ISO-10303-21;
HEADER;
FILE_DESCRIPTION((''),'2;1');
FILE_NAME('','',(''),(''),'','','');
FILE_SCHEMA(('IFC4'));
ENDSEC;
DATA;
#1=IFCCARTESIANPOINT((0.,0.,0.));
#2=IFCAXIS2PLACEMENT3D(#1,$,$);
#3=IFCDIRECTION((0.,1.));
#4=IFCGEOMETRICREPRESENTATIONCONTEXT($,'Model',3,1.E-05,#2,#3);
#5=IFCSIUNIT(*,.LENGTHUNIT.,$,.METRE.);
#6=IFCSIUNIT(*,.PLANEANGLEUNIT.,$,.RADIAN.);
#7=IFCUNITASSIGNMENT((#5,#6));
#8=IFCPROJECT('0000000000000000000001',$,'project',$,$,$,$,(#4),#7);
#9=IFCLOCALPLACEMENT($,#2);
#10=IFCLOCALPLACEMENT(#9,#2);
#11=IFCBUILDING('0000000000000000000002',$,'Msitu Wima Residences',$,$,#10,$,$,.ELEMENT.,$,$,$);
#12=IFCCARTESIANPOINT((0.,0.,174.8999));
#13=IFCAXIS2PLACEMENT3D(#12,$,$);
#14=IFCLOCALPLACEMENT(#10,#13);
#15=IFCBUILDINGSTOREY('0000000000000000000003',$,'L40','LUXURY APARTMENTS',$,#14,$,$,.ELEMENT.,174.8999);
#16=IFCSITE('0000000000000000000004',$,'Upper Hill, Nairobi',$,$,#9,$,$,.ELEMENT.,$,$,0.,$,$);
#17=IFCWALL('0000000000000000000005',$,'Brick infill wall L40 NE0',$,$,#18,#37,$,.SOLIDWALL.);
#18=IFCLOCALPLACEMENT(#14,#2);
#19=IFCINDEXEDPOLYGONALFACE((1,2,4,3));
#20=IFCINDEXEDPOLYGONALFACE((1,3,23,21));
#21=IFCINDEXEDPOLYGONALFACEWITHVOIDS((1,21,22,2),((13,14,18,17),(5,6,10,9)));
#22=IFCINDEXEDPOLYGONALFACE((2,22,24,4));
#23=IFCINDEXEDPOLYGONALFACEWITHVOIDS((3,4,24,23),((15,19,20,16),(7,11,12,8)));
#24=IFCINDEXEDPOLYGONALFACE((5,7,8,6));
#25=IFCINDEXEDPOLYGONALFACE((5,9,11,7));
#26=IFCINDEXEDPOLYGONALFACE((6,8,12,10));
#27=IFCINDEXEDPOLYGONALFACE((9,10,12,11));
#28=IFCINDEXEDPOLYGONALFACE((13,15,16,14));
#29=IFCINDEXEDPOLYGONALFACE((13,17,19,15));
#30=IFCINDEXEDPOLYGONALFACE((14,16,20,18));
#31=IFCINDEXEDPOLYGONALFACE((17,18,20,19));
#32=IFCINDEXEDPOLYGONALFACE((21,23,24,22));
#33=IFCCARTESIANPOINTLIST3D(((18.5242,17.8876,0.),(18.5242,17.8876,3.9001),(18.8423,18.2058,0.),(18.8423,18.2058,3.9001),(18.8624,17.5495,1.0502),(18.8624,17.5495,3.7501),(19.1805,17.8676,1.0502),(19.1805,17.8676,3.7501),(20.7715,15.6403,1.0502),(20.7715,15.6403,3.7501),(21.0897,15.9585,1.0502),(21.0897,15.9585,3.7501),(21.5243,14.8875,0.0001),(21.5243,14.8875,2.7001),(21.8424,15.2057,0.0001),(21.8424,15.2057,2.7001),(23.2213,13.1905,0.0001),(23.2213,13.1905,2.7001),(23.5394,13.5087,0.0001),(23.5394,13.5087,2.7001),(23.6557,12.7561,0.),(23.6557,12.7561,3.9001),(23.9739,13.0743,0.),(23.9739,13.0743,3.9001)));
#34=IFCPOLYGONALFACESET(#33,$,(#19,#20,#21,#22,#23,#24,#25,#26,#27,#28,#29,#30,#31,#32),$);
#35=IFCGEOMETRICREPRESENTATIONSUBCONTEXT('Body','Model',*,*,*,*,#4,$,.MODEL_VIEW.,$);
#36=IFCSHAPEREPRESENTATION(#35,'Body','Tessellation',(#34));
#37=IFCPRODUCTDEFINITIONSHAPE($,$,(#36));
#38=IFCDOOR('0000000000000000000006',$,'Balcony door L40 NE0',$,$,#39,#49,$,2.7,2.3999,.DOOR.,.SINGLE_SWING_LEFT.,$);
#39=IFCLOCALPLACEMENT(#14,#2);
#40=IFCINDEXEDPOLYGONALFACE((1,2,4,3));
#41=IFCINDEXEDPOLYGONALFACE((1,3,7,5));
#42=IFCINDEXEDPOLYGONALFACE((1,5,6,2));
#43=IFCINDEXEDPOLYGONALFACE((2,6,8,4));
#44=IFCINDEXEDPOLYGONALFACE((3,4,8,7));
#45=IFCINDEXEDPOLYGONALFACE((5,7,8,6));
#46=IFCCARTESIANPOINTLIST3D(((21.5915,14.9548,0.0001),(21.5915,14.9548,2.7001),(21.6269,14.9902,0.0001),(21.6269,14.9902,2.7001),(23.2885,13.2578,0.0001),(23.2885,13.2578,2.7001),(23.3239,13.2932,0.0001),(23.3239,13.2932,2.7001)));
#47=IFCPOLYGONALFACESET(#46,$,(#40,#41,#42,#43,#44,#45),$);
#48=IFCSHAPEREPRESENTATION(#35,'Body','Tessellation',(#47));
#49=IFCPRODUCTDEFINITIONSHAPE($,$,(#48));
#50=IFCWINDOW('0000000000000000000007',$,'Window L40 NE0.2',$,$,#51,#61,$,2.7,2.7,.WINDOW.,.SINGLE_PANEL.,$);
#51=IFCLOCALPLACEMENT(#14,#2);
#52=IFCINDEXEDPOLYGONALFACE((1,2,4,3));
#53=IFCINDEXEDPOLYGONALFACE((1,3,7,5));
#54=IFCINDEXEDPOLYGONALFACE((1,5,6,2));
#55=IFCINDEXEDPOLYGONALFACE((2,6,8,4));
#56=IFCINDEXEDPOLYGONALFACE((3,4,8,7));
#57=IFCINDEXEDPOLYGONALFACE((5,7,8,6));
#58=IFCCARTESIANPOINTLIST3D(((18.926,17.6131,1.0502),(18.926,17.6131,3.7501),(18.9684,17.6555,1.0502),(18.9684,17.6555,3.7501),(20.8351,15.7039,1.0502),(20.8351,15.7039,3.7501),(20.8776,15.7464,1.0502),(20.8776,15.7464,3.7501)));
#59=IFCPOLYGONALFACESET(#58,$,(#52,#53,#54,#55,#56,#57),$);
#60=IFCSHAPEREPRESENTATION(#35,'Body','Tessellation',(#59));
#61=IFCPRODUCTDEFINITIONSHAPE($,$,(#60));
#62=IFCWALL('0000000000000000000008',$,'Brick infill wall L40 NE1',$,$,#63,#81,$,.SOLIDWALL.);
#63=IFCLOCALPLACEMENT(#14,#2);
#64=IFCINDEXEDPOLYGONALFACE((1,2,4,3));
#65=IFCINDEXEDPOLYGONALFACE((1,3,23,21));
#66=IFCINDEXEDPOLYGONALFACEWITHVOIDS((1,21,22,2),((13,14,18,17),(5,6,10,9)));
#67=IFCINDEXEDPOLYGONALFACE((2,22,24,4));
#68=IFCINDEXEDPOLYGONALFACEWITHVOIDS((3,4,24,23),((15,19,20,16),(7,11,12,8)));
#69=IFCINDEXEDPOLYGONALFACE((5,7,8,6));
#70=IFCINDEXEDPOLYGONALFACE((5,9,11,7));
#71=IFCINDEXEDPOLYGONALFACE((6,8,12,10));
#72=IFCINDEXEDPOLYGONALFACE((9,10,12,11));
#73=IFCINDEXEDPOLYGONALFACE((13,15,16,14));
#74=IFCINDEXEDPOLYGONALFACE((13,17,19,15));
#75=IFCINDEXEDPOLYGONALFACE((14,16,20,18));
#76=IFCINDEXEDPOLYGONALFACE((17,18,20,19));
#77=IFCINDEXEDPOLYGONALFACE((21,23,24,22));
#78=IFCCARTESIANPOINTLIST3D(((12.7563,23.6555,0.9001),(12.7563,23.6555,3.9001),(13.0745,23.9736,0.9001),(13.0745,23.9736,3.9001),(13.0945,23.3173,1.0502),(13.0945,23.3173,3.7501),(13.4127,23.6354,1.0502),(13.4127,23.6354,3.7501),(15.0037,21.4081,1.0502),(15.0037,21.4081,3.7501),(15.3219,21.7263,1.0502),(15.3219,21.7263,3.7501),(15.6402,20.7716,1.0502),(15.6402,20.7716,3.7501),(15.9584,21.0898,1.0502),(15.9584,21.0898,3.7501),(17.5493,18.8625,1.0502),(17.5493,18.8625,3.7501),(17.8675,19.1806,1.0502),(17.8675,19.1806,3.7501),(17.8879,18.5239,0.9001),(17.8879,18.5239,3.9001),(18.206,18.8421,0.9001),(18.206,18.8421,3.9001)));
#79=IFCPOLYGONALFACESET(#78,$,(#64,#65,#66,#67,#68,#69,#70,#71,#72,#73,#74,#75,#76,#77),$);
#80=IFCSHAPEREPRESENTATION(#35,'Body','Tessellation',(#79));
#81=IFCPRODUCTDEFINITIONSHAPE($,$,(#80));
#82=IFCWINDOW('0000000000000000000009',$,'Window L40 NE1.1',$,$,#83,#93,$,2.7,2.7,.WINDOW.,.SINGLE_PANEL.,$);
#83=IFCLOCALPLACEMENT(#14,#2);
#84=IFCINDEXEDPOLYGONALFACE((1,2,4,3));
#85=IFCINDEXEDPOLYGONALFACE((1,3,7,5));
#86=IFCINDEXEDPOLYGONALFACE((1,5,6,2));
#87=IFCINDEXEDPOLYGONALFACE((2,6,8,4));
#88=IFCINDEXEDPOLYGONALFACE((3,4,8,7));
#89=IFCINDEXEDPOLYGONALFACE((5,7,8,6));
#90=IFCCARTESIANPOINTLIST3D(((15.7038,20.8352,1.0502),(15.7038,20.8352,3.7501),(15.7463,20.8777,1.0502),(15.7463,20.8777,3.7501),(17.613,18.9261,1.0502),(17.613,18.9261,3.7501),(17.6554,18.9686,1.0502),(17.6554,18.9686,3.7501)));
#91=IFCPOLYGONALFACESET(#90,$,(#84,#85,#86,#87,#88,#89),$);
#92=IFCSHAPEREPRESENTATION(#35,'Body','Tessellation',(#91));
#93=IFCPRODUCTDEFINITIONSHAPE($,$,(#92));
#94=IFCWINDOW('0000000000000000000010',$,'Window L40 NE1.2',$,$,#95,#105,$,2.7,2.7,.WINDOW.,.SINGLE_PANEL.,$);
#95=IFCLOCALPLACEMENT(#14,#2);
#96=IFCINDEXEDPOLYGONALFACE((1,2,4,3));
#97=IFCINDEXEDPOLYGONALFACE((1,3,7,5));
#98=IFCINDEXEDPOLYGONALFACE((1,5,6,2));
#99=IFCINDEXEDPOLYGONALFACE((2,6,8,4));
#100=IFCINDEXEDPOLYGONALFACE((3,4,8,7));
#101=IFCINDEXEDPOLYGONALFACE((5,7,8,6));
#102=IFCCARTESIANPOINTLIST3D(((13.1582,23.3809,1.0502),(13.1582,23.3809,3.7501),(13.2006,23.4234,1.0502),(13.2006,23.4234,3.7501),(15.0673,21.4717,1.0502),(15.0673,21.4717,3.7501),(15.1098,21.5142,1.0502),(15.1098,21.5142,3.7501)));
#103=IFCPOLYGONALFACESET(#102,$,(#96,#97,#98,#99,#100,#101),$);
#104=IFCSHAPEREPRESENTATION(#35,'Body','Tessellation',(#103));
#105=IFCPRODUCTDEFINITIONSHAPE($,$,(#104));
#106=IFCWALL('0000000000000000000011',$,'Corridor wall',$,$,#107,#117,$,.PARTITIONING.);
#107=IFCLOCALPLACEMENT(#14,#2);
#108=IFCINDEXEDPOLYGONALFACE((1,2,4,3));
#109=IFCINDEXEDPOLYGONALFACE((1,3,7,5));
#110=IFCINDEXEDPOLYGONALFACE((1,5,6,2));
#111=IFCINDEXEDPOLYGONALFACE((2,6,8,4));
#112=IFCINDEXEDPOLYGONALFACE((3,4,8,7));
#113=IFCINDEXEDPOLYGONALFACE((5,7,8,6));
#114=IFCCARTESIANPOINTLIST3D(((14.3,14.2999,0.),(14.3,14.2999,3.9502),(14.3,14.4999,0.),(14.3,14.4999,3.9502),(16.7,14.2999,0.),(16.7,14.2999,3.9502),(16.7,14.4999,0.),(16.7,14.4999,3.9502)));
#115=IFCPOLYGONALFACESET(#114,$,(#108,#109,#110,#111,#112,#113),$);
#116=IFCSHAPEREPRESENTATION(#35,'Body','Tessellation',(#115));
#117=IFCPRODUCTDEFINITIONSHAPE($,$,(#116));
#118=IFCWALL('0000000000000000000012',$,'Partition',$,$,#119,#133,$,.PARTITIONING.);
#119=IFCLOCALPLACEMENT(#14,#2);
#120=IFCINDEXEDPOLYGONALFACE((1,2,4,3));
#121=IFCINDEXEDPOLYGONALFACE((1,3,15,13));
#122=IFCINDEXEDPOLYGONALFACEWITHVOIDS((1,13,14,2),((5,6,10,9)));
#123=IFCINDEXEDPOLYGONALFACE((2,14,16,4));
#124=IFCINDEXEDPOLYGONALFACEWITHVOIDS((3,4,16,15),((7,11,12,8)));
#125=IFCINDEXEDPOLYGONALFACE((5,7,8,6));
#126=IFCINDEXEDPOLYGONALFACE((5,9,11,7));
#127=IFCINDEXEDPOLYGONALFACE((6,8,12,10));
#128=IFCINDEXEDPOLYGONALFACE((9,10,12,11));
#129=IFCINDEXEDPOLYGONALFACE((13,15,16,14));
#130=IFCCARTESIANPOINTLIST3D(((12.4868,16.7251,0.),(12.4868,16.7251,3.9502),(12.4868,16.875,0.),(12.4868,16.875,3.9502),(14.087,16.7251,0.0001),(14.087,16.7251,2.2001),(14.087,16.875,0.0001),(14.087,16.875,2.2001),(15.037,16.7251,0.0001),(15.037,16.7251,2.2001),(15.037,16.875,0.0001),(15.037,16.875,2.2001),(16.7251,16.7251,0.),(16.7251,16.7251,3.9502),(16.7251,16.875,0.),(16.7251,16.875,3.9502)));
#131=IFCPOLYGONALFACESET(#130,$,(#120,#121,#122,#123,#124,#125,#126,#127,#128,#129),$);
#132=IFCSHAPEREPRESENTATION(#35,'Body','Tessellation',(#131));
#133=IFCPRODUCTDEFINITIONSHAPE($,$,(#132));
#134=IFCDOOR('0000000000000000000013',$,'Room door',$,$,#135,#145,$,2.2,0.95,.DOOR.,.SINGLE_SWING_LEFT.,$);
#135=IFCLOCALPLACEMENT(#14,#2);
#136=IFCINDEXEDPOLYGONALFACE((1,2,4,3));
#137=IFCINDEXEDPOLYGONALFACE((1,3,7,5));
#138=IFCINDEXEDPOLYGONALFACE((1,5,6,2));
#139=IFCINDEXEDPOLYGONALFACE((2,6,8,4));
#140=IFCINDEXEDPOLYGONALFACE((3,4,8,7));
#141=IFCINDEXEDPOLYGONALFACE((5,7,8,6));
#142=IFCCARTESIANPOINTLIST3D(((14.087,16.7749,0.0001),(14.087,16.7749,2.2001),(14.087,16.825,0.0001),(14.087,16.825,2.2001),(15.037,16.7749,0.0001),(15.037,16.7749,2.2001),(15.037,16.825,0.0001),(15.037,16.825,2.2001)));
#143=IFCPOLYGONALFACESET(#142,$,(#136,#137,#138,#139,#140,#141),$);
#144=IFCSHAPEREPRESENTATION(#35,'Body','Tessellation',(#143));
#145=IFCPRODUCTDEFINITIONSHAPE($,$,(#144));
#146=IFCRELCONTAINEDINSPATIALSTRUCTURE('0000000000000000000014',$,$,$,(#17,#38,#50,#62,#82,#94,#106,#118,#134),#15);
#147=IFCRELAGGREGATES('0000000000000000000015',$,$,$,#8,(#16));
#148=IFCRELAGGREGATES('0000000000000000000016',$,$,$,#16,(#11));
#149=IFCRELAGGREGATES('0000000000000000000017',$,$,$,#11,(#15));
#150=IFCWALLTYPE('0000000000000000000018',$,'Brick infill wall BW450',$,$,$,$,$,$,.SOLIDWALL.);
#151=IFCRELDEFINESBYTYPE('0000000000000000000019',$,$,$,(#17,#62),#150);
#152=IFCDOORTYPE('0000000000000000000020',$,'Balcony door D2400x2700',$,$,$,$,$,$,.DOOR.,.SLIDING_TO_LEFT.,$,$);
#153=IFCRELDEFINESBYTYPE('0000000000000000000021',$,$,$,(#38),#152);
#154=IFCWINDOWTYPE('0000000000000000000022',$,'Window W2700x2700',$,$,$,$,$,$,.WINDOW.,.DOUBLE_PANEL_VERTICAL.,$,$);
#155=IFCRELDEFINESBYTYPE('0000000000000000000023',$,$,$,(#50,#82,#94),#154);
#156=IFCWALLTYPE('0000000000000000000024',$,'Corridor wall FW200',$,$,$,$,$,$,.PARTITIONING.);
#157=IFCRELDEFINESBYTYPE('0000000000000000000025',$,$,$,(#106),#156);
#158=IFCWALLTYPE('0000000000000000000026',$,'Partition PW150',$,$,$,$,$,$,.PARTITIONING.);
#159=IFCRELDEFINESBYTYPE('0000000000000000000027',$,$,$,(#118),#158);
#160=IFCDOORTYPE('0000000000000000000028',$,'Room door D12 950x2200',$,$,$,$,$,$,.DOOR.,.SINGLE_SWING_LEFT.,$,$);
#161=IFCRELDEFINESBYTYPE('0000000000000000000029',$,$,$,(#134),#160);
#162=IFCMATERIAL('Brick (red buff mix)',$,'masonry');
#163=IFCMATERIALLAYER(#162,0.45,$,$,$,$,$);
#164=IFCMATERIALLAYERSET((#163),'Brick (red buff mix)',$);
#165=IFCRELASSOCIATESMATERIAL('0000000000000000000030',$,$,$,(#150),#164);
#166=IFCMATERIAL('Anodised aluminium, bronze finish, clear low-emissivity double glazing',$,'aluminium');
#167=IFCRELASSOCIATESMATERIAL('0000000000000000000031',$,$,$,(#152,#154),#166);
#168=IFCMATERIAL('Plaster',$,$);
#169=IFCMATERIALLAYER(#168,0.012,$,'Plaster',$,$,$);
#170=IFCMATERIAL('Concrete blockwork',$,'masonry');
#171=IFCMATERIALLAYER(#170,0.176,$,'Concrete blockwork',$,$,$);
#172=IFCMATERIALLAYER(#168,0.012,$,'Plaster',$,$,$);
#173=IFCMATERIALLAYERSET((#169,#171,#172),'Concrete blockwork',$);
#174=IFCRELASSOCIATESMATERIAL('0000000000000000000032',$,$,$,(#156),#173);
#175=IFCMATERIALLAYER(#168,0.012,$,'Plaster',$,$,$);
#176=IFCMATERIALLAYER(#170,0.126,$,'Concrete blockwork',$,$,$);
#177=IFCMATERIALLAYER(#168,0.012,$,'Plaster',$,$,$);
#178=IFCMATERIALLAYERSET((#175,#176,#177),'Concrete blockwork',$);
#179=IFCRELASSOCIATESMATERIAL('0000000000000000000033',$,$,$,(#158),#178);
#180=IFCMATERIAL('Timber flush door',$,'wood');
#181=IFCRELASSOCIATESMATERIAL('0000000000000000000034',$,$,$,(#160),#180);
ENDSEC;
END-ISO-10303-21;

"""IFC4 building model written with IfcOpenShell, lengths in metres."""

from ifc_helpers import new_model, si_unit, direction, frame, frame_2d, origin, place, context, subcontext, project, spatial, rectangle, extrude, material, layer, layer_set, type_object, element, fill, save


model = new_model("IFC4")

# Units and contexts
model_context = context("Model", 3, precision=1e-05, world=origin(), true_north=direction((0.0, 1.0)))
body_context = subcontext(model_context, "Body", "Model", "MODEL_VIEW")
ifc_project = project(units=[si_unit("LENGTHUNIT", "METRE"), si_unit("PLANEANGLEUNIT", "RADIAN")], contexts=[model_context])

# Site, building, storey
site_placement = place(None, origin())
site = spatial("IfcSite", under=ifc_project, at=site_placement, Name="Upper Hill, Nairobi", CompositionType="ELEMENT", RefElevation=0.0)
building_placement = place(site_placement, origin())
building = spatial("IfcBuilding", under=site, at=building_placement, Name="Msitu Wima Residences", CompositionType="ELEMENT")
storey_placement = place(building_placement, frame((0.0, 0.0, 174.8999)))
storey = spatial("IfcBuildingStorey", under=building, at=storey_placement, Name="L40", Description="LUXURY APARTMENTS", CompositionType="ELEMENT", Elevation=174.8999)

# Wall, openings, door, window
ifc_material_1 = material(Name="Brick (red buff mix)", Category="masonry")
ifc_layer_1 = layer(ifc_material_1, 0.45)
ifc_layer_set_1 = layer_set([ifc_layer_1], Name="Brick (red buff mix)")
wall_type_1 = type_object("IfcWallType", Name="Brick infill wall BW450", PredefinedType="SOLIDWALL", material=ifc_layer_set_1)
wall_1_placement = place(storey_placement, frame((23.8147, 12.9153, 0.0), z_axis=(0.0, 0.0, 1.0), x_axis=(-0.707107, 0.707107, 0.0)))
wall_1 = element("IfcWall", 1, at=wall_1_placement, inside=storey, type_object=wall_type_1, Name="Brick infill wall L40 NE0", PredefinedType="SOLIDWALL", context=body_context, shape_type="SweptSolid", body=[
    extrude(rectangle(XDim=7.2571, YDim=0.45, at=frame_2d((3.6284, 0.0))), origin(), (0.0, 0.0, 1.0), 3.9001),
])
opening_1_placement = place(wall_1_placement, frame((0.6143, 0.0, 0.0)))
opening_1 = element("IfcOpeningElement", 2, at=opening_1_placement, cuts=wall_1, PredefinedType="OPENING", context=body_context, shape_type="SweptSolid", body=[
    extrude(rectangle(XDim=2.3999, YDim=2.7, at=frame_2d((1.2, 1.3501))), frame((0.0, 0.2349, 0.0), z_axis=(0.0, -1.0, 0.0), x_axis=(1.0, 0.0, 0.0)), (0.0, 0.0, 1.0), 0.47),
])
opening_2_placement = place(wall_1_placement, frame((4.0786, 0.0, 1.05)))
opening_2 = element("IfcOpeningElement", 3, at=opening_2_placement, cuts=wall_1, PredefinedType="OPENING", context=body_context, shape_type="SweptSolid", body=[
    extrude(rectangle(XDim=2.7, YDim=2.7, at=frame_2d((1.3501, 1.3501))), frame((0.0, 0.2349, 0.0), z_axis=(0.0, -1.0, 0.0), x_axis=(1.0, 0.0, 0.0)), (0.0, 0.0, 1.0), 0.47),
])
ifc_material_2 = material(Name="Anodised aluminium, bronze finish, clear low-emissivity double glazing", Category="aluminium")
door_type_1 = type_object("IfcDoorType", Name="Balcony door D2400x2700", OperationType="SLIDING_TO_LEFT", PredefinedType="DOOR", material=ifc_material_2)
door_1_placement = place(opening_1_placement, origin())
door_1 = element("IfcDoor", 4, at=door_1_placement, inside=storey, type_object=door_type_1, Name="Balcony door L40 NE0", OperationType="SINGLE_SWING_LEFT", OverallHeight=2.7, OverallWidth=2.3999, PredefinedType="DOOR", context=body_context, shape_type="SweptSolid", body=[
    extrude(rectangle(XDim=2.3999, YDim=2.7, at=frame_2d((1.2, 1.3501))), frame((0.0, 0.1299, 0.0), z_axis=(0.0, -1.0, 0.0), x_axis=(1.0, 0.0, 0.0)), (0.0, 0.0, 1.0), 0.05),
])
fill(opening_1, door_1)
window_type = type_object("IfcWindowType", Name="Window W2700x2700", PartitioningType="DOUBLE_PANEL_VERTICAL", PredefinedType="WINDOW", material=ifc_material_2)
window_1_placement = place(opening_2_placement, origin())
window_1 = element("IfcWindow", 5, at=window_1_placement, inside=storey, type_object=window_type, Name="Window L40 NE0.2", OverallHeight=2.7, OverallWidth=2.7, PartitioningType="SINGLE_PANEL", PredefinedType="WINDOW", context=body_context, shape_type="SweptSolid", body=[
    extrude(rectangle(XDim=2.7, YDim=2.7, at=frame_2d((1.3501, 1.3501))), frame((0.0, 0.135, 0.0), z_axis=(0.0, -1.0, 0.0), x_axis=(1.0, 0.0, 0.0)), (0.0, 0.0, 1.0), 0.0601),
])
fill(opening_2, window_1)

# Wall, openings, windows
wall_2_placement = place(storey_placement, frame((18.0469, 18.6831, 0.9001), z_axis=(0.0, 0.0, 1.0), x_axis=(-0.707107, 0.707107, 0.0)))
wall_2 = element("IfcWall", 6, at=wall_2_placement, inside=storey, type_object=wall_type_1, Name="Brick infill wall L40 NE1", PredefinedType="SOLIDWALL", context=body_context, shape_type="SweptSolid", body=[
    extrude(rectangle(XDim=7.2571, YDim=0.45, at=frame_2d((3.6284, 0.0))), origin(), (0.0, 0.0, 1.0), 3.0),
])
opening_3_placement = place(wall_2_placement, frame((0.4785, 0.0, 0.1499)))
opening_3 = element("IfcOpeningElement", 7, at=opening_3_placement, cuts=wall_2, PredefinedType="OPENING", context=body_context, shape_type="SweptSolid", body=[
    extrude(rectangle(XDim=2.7, YDim=2.7, at=frame_2d((1.3501, 1.3501))), frame((0.0, 0.2349, 0.0), z_axis=(0.0, -1.0, 0.0), x_axis=(1.0, 0.0, 0.0)), (0.0, 0.0, 1.0), 0.47),
])
opening_4_placement = place(wall_2_placement, frame((4.0786, 0.0, 0.1499)))
opening_4 = element("IfcOpeningElement", 8, at=opening_4_placement, cuts=wall_2, PredefinedType="OPENING", context=body_context, shape_type="SweptSolid", body=[
    extrude(rectangle(XDim=2.7, YDim=2.7, at=frame_2d((1.3501, 1.3501))), frame((0.0, 0.2349, 0.0), z_axis=(0.0, -1.0, 0.0), x_axis=(1.0, 0.0, 0.0)), (0.0, 0.0, 1.0), 0.47),
])
window_2_placement = place(opening_3_placement, origin())
window_2 = element("IfcWindow", 9, at=window_2_placement, inside=storey, type_object=window_type, Name="Window L40 NE1.1", OverallHeight=2.7, OverallWidth=2.7, PartitioningType="SINGLE_PANEL", PredefinedType="WINDOW", context=body_context, shape_type="SweptSolid", body=[
    extrude(rectangle(XDim=2.7, YDim=2.7, at=frame_2d((1.3501, 1.3501))), frame((0.0, 0.135, 0.0), z_axis=(0.0, -1.0, 0.0), x_axis=(1.0, 0.0, 0.0)), (0.0, 0.0, 1.0), 0.0601),
])
fill(opening_3, window_2)
window_3_placement = place(opening_4_placement, origin())
window_3 = element("IfcWindow", 10, at=window_3_placement, inside=storey, type_object=window_type, Name="Window L40 NE1.2", OverallHeight=2.7, OverallWidth=2.7, PartitioningType="SINGLE_PANEL", PredefinedType="WINDOW", context=body_context, shape_type="SweptSolid", body=[
    extrude(rectangle(XDim=2.7, YDim=2.7, at=frame_2d((1.3501, 1.3501))), frame((0.0, 0.135, 0.0), z_axis=(0.0, -1.0, 0.0), x_axis=(1.0, 0.0, 0.0)), (0.0, 0.0, 1.0), 0.0601),
])
fill(opening_4, window_3)

# Shared definitions
ifc_material_3 = material(Name="Plaster")
ifc_layer_2 = layer(ifc_material_3, 0.012, Name="Plaster")
ifc_material_4 = material(Name="Concrete blockwork", Category="masonry")
ifc_layer_3 = layer(ifc_material_4, 0.176, Name="Concrete blockwork")
ifc_layer_4 = layer(ifc_material_3, 0.012, Name="Plaster")
ifc_layer_set_2 = layer_set([ifc_layer_2, ifc_layer_3, ifc_layer_4], Name="Concrete blockwork")
wall_type_2 = type_object("IfcWallType", Name="Corridor wall FW200", PredefinedType="PARTITIONING", material=ifc_layer_set_2)

# Wall
wall_3_placement = place(storey_placement, frame((14.3, 14.3999, 0.0), z_axis=(0.0, 0.0, 1.0), x_axis=(1.0, 0.0, 0.0)))
element("IfcWall", 11, at=wall_3_placement, inside=storey, type_object=wall_type_2, Name="Corridor wall", PredefinedType="PARTITIONING", context=body_context, shape_type="SweptSolid", body=[
    extrude(rectangle(XDim=2.3999, YDim=0.2, at=frame_2d((1.2, 0.0))), origin(), (0.0, 0.0, 1.0), 3.9502),
])

# Wall, opening, door
ifc_layer_5 = layer(ifc_material_3, 0.012, Name="Plaster")
ifc_layer_6 = layer(ifc_material_4, 0.126, Name="Concrete blockwork")
ifc_layer_7 = layer(ifc_material_3, 0.012, Name="Plaster")
ifc_layer_set_3 = layer_set([ifc_layer_5, ifc_layer_6, ifc_layer_7], Name="Concrete blockwork")
wall_type_3 = type_object("IfcWallType", Name="Partition PW150", PredefinedType="PARTITIONING", material=ifc_layer_set_3)
wall_4_placement = place(storey_placement, frame((12.4868, 16.8, 0.0), z_axis=(0.0, 0.0, 1.0), x_axis=(1.0, 0.0, 0.0)))
wall_4 = element("IfcWall", 12, at=wall_4_placement, inside=storey, type_object=wall_type_3, Name="Partition", PredefinedType="PARTITIONING", context=body_context, shape_type="SweptSolid", body=[
    extrude(rectangle(XDim=4.2383, YDim=0.1499, at=frame_2d((2.1191, 0.0))), origin(), (0.0, 0.0, 1.0), 3.9502),
])
opening_5_placement = place(wall_4_placement, frame((1.6001, 0.0, 0.0)))
opening_5 = element("IfcOpeningElement", 13, at=opening_5_placement, cuts=wall_4, PredefinedType="OPENING", context=body_context, shape_type="SweptSolid", body=[
    extrude(rectangle(XDim=0.95, YDim=2.2, at=frame_2d((0.4751, 1.1001))), frame((0.0, 0.085, 0.0), z_axis=(0.0, -1.0, 0.0), x_axis=(1.0, 0.0, 0.0)), (0.0, 0.0, 1.0), 0.1699),
])
ifc_material_5 = material(Name="Timber flush door", Category="wood")
door_type_2 = type_object("IfcDoorType", Name="Room door D12 950x2200", OperationType="SINGLE_SWING_LEFT", PredefinedType="DOOR", material=ifc_material_5)
door_2_placement = place(opening_5_placement, origin())
door_2 = element("IfcDoor", 14, at=door_2_placement, inside=storey, type_object=door_type_2, Name="Room door", OperationType="SINGLE_SWING_LEFT", OverallHeight=2.2, OverallWidth=0.95, PredefinedType="DOOR", context=body_context, shape_type="SweptSolid", body=[
    extrude(rectangle(XDim=0.95, YDim=2.2, at=frame_2d((0.4751, 1.1001))), frame((0.0, 0.0249, 0.0), z_axis=(0.0, -1.0, 0.0), x_axis=(1.0, 0.0, 0.0)), (0.0, 0.0, 1.0), 0.05),
])
fill(opening_5, door_2)

save(model, "model.ifc")
